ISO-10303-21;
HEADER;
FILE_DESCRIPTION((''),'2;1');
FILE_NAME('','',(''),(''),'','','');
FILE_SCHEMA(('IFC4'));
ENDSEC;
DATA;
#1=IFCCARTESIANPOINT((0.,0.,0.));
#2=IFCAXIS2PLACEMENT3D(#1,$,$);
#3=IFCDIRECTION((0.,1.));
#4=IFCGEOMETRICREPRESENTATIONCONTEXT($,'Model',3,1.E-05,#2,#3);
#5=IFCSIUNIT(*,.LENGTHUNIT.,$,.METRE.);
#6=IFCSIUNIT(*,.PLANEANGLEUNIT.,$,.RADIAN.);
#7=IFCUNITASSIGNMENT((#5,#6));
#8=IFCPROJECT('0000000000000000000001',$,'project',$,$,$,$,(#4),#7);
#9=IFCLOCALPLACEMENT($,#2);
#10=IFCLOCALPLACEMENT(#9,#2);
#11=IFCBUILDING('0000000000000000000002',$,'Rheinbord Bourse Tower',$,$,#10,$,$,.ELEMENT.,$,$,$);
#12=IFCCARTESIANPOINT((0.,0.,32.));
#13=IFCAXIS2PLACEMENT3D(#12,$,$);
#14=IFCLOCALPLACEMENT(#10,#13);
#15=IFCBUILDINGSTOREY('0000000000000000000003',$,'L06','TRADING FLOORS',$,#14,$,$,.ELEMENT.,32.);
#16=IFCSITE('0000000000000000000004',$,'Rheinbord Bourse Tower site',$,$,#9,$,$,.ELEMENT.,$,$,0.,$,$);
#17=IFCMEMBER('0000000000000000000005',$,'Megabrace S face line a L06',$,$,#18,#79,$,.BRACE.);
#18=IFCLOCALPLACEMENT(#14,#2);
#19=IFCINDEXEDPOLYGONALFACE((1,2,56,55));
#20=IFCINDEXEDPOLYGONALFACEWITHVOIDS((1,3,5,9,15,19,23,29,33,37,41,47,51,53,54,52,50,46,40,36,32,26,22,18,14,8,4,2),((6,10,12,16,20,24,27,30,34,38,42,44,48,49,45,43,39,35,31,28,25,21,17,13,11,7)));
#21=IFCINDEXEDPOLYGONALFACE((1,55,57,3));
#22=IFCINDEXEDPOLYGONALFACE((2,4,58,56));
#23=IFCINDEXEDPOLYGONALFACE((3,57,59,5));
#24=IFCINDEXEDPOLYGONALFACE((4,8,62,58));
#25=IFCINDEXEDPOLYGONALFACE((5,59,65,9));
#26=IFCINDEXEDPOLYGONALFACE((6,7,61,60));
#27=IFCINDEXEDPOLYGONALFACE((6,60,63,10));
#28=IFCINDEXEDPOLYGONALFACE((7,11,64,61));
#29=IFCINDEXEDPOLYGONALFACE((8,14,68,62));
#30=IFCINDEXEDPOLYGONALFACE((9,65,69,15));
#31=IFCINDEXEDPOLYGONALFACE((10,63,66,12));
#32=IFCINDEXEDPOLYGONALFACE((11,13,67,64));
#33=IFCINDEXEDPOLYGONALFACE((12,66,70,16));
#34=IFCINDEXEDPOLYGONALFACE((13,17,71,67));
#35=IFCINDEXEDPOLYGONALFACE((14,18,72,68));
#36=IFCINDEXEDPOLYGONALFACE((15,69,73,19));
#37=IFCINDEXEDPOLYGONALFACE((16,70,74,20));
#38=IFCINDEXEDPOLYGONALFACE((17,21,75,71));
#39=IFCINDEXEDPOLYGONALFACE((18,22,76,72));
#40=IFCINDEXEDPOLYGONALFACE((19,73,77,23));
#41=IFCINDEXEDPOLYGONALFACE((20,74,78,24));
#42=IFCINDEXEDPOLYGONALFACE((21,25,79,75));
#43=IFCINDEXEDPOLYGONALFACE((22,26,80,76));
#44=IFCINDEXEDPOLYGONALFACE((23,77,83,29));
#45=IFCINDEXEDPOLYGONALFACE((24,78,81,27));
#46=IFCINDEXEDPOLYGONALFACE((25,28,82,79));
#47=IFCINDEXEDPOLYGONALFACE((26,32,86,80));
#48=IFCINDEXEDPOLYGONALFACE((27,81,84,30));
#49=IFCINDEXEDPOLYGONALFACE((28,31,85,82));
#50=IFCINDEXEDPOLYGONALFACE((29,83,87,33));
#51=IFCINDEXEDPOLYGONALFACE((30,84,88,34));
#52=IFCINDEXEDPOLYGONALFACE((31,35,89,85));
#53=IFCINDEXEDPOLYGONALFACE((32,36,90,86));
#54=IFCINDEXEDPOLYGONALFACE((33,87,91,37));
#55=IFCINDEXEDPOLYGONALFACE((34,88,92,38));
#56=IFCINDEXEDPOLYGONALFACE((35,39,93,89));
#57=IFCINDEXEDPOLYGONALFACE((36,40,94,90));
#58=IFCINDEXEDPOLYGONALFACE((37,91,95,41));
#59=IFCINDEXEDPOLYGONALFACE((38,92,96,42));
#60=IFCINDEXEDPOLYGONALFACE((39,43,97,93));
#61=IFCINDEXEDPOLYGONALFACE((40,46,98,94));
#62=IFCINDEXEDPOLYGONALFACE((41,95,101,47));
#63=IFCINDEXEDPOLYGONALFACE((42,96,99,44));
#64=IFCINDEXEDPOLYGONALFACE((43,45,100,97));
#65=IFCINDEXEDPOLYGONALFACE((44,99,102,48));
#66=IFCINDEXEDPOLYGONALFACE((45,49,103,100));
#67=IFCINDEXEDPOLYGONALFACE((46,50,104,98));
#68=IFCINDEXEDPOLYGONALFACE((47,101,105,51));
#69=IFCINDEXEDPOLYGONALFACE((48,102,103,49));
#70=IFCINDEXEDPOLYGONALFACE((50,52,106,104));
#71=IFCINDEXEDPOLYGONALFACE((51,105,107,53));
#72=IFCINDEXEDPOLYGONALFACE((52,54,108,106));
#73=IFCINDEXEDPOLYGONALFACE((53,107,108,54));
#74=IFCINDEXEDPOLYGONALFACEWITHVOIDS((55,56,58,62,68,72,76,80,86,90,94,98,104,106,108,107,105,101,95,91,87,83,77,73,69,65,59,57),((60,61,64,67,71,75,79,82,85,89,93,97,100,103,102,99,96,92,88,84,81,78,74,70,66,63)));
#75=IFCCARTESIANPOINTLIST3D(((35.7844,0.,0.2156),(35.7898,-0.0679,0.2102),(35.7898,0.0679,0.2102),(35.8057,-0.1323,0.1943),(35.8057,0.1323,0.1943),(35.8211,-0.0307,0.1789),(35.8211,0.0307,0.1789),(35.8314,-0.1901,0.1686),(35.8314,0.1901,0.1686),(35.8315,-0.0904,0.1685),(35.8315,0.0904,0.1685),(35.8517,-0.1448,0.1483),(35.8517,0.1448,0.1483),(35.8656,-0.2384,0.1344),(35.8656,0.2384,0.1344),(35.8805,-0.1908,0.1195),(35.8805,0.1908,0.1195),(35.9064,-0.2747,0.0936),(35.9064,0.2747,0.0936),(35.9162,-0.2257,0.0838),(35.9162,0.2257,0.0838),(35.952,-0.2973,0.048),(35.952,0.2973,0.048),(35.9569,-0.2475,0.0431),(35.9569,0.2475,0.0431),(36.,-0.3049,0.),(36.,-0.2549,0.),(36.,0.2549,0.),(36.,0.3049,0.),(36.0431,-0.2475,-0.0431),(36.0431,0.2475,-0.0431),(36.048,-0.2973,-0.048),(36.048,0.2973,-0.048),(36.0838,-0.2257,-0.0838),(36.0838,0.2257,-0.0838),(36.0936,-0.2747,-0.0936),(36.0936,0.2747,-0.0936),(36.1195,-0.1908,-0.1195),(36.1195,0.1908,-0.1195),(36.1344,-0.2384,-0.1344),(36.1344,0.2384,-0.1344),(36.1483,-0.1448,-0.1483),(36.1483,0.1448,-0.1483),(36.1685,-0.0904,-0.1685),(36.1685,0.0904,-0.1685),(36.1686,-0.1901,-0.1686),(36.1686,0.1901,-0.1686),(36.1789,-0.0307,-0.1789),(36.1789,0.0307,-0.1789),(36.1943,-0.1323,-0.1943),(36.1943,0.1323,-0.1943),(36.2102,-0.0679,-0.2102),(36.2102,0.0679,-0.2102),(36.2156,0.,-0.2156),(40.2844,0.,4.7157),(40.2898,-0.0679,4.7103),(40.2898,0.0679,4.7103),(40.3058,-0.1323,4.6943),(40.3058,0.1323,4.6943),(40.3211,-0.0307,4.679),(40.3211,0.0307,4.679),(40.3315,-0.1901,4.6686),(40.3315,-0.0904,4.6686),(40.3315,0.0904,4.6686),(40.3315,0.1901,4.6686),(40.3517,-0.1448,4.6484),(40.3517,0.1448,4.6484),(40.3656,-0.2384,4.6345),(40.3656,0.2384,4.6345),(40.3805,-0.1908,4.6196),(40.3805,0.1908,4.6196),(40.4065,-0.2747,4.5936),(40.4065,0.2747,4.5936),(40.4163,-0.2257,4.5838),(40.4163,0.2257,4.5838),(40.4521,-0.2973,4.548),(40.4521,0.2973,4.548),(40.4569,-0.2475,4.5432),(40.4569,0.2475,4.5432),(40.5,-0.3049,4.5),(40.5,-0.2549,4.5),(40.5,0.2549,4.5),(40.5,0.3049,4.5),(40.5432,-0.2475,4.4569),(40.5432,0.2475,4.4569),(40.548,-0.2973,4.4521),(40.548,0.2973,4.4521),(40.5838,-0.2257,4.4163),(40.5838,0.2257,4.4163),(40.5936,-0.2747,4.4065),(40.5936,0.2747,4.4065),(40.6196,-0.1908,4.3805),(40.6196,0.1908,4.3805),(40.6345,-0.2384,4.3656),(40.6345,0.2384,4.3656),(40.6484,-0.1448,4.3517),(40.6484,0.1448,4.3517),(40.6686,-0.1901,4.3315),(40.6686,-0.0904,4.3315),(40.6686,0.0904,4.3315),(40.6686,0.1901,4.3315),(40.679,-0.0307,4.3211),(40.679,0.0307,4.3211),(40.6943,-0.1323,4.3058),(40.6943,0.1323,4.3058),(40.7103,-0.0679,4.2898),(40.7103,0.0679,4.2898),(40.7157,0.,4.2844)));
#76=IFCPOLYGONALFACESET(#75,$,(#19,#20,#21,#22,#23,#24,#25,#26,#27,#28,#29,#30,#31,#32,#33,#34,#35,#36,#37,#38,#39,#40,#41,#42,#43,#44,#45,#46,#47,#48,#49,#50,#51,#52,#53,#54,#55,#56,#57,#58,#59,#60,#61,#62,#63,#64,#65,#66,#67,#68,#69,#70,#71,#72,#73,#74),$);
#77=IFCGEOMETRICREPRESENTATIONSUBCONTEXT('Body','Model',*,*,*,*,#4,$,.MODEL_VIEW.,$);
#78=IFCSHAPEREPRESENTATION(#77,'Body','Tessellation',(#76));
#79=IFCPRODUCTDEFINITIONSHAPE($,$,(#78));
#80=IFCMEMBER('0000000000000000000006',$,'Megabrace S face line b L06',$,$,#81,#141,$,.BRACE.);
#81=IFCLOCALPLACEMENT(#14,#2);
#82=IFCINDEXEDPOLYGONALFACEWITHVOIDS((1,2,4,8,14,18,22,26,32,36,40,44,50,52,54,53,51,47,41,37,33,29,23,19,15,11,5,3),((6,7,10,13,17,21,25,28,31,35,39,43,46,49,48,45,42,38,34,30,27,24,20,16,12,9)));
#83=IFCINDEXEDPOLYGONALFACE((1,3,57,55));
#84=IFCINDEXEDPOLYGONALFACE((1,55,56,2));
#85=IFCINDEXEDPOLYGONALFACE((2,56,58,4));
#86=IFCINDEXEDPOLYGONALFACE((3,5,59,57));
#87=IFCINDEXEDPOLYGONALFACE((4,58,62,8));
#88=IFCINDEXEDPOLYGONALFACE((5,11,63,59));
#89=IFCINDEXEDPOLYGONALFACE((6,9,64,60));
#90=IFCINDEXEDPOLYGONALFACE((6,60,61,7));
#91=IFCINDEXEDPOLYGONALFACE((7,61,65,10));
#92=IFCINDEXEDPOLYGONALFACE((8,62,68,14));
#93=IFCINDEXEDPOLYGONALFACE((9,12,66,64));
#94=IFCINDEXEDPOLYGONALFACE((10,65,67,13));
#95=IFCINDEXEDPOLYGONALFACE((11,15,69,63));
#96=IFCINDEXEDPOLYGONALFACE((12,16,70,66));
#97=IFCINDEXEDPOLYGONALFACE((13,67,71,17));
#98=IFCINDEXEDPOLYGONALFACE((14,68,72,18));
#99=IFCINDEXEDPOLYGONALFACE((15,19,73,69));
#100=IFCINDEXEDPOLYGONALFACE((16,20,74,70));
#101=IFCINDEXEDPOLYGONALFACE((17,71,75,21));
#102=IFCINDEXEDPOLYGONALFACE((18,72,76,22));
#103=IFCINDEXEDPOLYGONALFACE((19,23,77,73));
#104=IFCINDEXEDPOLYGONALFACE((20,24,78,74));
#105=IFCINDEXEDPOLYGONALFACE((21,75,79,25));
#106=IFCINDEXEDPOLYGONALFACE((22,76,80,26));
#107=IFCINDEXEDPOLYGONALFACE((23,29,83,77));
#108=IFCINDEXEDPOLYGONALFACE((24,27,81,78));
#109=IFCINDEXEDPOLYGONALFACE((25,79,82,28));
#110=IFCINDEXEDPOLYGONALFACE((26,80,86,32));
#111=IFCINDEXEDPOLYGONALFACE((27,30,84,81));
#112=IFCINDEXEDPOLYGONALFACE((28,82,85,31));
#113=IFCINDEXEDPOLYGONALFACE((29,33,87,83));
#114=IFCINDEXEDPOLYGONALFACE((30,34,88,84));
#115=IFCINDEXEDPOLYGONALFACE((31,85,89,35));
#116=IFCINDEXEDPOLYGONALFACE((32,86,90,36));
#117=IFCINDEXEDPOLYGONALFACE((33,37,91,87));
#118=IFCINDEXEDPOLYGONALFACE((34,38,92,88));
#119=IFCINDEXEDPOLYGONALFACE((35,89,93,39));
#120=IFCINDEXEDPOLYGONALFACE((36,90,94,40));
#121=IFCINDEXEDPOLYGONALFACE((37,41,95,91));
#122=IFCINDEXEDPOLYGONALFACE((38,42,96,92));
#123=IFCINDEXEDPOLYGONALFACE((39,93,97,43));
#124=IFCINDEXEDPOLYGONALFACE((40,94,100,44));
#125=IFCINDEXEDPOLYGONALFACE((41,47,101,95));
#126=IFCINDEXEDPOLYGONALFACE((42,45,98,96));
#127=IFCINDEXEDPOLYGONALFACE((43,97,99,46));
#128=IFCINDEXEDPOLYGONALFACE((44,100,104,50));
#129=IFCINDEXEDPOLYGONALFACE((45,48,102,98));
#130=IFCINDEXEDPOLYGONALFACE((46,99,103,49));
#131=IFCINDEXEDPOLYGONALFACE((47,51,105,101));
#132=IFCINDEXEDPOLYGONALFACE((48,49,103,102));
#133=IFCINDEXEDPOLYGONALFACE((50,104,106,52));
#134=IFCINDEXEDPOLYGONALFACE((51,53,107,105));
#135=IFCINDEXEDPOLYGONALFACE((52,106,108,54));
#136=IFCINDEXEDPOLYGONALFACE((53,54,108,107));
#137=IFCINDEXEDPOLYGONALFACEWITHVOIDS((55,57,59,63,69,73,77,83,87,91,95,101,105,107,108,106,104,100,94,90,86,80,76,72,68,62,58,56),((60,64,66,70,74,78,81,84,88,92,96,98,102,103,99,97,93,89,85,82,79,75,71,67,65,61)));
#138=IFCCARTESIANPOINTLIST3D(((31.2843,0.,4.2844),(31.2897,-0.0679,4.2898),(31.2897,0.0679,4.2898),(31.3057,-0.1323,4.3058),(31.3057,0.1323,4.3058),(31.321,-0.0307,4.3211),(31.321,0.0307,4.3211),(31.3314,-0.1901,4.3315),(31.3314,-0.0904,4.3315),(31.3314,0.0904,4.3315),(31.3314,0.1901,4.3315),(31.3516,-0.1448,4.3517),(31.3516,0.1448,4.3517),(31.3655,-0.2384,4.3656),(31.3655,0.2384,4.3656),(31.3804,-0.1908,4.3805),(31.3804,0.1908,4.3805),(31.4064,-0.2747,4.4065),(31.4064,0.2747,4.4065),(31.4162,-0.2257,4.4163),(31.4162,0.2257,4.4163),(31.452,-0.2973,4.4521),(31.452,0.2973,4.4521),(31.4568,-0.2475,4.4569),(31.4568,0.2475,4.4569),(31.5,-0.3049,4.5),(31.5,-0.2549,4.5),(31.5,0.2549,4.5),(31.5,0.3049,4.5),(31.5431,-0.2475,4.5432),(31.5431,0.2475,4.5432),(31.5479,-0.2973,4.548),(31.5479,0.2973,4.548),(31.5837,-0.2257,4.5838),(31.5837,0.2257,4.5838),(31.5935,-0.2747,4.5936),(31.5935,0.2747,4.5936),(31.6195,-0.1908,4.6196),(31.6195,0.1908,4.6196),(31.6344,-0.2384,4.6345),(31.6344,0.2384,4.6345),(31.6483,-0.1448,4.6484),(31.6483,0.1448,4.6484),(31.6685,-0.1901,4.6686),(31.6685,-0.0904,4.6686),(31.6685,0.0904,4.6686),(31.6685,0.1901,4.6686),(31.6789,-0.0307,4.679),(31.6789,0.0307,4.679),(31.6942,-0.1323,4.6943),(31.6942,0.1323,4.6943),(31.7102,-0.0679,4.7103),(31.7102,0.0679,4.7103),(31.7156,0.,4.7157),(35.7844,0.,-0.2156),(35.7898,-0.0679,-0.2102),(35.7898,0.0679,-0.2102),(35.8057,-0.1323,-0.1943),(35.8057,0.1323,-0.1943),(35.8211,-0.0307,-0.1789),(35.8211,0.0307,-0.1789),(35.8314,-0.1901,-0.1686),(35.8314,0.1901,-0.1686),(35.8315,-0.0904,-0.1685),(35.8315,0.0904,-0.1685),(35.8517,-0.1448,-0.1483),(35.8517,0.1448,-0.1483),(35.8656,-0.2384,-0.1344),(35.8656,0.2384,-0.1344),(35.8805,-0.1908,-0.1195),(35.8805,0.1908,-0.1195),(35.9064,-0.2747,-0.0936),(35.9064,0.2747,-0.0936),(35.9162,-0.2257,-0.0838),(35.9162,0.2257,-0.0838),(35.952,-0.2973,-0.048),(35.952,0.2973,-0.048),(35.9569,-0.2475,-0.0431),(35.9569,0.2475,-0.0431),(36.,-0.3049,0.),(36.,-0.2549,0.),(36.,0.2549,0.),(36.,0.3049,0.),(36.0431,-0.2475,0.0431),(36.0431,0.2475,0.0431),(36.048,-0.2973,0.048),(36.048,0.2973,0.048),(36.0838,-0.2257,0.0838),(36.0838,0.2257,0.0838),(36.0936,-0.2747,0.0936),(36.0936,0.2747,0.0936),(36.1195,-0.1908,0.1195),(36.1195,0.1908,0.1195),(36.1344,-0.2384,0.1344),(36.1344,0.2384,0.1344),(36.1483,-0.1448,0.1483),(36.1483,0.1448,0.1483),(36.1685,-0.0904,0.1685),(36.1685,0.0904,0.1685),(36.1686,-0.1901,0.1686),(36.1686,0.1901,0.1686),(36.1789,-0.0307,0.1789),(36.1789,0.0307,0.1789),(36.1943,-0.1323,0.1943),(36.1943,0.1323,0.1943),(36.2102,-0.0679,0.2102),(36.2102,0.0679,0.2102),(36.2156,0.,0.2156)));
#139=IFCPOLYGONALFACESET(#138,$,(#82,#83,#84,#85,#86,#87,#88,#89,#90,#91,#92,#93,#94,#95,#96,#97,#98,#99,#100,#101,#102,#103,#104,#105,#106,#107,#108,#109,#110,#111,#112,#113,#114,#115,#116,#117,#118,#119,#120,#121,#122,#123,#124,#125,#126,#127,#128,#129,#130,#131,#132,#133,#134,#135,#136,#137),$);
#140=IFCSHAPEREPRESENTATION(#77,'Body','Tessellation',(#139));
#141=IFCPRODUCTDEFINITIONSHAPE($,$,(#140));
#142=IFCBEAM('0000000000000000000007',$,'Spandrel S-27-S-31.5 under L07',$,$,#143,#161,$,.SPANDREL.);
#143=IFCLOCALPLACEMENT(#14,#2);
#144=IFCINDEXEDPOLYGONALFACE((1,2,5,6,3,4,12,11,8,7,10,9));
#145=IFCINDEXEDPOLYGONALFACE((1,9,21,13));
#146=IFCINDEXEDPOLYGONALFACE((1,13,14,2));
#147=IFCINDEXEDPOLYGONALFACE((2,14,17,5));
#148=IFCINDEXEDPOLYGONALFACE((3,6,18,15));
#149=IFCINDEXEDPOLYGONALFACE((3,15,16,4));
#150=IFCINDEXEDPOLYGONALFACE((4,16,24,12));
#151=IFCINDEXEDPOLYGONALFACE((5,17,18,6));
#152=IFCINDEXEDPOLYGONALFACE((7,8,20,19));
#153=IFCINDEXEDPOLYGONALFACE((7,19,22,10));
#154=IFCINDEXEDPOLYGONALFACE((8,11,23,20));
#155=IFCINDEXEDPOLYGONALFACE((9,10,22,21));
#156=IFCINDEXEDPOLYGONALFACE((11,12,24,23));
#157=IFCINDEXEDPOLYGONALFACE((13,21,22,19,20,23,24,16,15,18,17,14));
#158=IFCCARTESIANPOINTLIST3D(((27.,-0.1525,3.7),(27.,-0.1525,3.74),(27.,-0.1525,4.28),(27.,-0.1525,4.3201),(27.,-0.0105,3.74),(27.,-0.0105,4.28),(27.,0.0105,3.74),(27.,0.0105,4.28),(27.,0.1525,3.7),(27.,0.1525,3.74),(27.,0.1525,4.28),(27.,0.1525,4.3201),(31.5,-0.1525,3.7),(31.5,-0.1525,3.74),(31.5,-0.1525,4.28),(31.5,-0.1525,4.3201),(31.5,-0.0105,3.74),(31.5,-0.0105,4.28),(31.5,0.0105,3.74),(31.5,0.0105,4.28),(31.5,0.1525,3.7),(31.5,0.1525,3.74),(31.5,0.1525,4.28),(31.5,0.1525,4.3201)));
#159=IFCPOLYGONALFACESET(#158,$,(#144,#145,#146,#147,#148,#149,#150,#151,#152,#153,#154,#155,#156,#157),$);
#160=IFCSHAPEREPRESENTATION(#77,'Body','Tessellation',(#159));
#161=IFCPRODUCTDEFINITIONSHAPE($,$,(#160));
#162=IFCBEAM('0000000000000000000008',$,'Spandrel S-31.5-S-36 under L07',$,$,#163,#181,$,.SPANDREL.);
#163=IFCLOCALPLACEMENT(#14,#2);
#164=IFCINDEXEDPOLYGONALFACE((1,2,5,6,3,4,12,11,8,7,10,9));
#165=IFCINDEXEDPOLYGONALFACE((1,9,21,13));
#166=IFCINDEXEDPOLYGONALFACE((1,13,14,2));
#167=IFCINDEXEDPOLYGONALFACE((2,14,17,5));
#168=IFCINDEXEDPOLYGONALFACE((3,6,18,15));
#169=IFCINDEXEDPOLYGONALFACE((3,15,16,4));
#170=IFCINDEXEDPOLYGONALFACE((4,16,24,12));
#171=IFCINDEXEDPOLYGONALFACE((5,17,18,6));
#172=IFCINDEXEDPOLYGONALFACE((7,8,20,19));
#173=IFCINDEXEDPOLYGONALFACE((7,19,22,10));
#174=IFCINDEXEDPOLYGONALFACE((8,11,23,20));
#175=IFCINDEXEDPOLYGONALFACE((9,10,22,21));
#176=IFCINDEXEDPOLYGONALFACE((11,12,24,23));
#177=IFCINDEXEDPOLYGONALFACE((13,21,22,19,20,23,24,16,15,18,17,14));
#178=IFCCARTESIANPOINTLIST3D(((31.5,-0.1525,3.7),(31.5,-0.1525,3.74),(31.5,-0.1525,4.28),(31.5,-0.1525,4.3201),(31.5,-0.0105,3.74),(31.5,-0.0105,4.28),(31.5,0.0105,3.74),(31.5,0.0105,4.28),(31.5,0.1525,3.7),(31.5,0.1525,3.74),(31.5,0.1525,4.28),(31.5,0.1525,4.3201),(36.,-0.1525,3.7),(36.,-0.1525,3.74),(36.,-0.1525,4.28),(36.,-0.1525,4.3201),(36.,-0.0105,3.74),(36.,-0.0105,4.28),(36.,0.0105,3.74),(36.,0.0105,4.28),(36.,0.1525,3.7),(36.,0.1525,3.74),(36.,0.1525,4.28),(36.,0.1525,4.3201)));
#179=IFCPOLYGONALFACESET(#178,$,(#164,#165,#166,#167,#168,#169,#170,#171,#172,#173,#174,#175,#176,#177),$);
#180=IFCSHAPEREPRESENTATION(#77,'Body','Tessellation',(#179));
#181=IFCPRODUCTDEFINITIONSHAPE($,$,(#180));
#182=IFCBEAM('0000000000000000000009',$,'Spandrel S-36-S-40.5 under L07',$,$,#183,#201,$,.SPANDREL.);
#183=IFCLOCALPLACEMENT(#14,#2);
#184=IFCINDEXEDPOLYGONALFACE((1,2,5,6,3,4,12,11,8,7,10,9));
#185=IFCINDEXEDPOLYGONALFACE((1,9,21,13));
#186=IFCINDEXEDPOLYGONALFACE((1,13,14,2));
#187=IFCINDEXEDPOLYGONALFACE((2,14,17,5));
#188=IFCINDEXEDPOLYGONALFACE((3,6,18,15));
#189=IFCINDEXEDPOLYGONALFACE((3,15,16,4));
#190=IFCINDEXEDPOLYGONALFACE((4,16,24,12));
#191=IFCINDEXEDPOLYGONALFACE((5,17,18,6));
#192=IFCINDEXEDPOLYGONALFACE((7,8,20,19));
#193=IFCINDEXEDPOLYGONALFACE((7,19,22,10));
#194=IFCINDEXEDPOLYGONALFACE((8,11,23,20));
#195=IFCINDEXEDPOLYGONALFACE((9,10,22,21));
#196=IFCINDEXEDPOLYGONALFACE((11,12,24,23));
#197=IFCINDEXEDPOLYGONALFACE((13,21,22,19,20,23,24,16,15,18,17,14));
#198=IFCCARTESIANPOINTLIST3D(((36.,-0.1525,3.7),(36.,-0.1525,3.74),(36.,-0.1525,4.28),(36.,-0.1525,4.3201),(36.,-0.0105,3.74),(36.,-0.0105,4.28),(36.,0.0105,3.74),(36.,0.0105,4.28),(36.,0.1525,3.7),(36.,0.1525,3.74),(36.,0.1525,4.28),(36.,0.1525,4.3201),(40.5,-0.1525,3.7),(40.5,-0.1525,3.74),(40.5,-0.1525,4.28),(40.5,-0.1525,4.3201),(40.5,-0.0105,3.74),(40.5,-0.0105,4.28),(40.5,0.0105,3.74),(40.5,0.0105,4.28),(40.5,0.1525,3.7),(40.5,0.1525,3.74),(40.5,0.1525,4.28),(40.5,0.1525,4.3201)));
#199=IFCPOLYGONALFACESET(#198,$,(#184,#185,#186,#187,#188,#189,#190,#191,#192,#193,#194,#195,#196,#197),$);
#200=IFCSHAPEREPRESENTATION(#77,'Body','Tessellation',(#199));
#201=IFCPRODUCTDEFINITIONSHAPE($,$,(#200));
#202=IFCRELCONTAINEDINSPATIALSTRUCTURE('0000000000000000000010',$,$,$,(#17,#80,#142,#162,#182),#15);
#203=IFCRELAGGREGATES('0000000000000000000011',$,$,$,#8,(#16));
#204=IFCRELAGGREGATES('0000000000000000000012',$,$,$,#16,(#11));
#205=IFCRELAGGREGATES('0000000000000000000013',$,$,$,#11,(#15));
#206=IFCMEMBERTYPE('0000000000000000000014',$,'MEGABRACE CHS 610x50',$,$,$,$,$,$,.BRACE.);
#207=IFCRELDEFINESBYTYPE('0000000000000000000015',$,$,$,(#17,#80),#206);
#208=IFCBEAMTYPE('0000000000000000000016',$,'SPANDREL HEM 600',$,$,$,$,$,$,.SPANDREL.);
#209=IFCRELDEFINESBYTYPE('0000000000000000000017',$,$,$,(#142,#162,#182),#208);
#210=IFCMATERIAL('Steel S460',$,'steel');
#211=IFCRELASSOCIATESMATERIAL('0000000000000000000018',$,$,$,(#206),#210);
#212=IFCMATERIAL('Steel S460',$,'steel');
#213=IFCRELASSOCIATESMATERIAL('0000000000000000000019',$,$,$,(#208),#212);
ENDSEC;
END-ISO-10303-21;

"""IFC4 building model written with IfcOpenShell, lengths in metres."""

from ifc_helpers import new_model, si_unit, direction, frame, origin, origin_2d, place, context, subcontext, project, spatial, hollow_circle, i_section, extrude, material, material_profile, profile_set, type_object, element, save


model = new_model("IFC4")

# Units and contexts
model_context = context("Model", 3, precision=1e-05, world=origin(), true_north=direction((0.0, 1.0)))
body_context = subcontext(model_context, "Body", "Model", "MODEL_VIEW")
ifc_project = project(units=[si_unit("LENGTHUNIT", "METRE"), si_unit("PLANEANGLEUNIT", "RADIAN")], contexts=[model_context])

# Site, building, storey
site_placement = place(None, origin())
site = spatial("IfcSite", under=ifc_project, at=site_placement, Name="Rheinbord Bourse Tower site", CompositionType="ELEMENT", RefElevation=0.0)
building_placement = place(site_placement, origin())
building = spatial("IfcBuilding", under=site, at=building_placement, Name="Rheinbord Bourse Tower", CompositionType="ELEMENT")
storey_placement = place(building_placement, frame((0.0, 0.0, 32.0)))
storey = spatial("IfcBuildingStorey", under=building, at=storey_placement, Name="L06", Description="TRADING FLOORS", CompositionType="ELEMENT", Elevation=32.0)

# Members
ifc_material_1 = material(Name="Steel S460", Category="steel")
ifc_material_profile_1 = material_profile(ifc_material_1, hollow_circle(Radius=0.3049, WallThickness=0.05, at=origin_2d()), Name="CHS 610x50")
ifc_profile_set_1 = profile_set([ifc_material_profile_1], Name="Steel S460")
member_type_1 = type_object("IfcMemberType", Name="MEGABRACE CHS 610x50", PredefinedType="BRACE", material=ifc_profile_set_1)
for number, where, z_axis, x_axis, name in (
    (1, (36.0, 0.0, 0.0), (0.707107, 0.0, 0.707107), (0.0, 1.0, 0.0), "Megabrace S face line a L06"),
    (2, (36.0, 0.0, 0.0), (-0.707107, 0.0, 0.707107), (0.0, -1.0, 0.0), "Megabrace S face line b L06"),
):
    element("IfcMember", number, at=place(storey_placement, frame(where, z_axis=z_axis, x_axis=x_axis)), inside=storey, type_object=member_type_1, Name=name, PredefinedType="BRACE", context=body_context, shape_type="SweptSolid", body=[
        extrude(hollow_circle(Radius=0.3049, WallThickness=0.05, at=origin_2d()), origin(), (0.0, 0.0, 1.0), 6.364),
    ])

# Beams
ifc_material_2 = material(Name="Steel S460", Category="steel")
ifc_material_profile_2 = material_profile(ifc_material_2, i_section(OverallWidth=0.3049, OverallDepth=0.6201, WebThickness=0.021, FlangeThickness=0.04, at=origin_2d()), Name="HEM 600")
ifc_profile_set_2 = profile_set([ifc_material_profile_2], Name="Steel S460")
beam_type_1 = type_object("IfcBeamType", Name="SPANDREL HEM 600", PredefinedType="SPANDREL", material=ifc_profile_set_2)
for number, where, z_axis, x_axis, name in (
    (3, (27.0, 0.0, 4.01), (1.0, 0.0, 0.0), (0.0, 1.0, 0.0), "Spandrel S-27-S-31.5 under L07"),
    (4, (31.5, 0.0, 4.01), (1.0, 0.0, 0.0), (0.0, 1.0, 0.0), "Spandrel S-31.5-S-36 under L07"),
    (5, (36.0, 0.0, 4.01), (1.0, 0.0, 0.0), (0.0, 1.0, 0.0), "Spandrel S-36-S-40.5 under L07"),
):
    element("IfcBeam", number, at=place(storey_placement, frame(where, z_axis=z_axis, x_axis=x_axis)), inside=storey, type_object=beam_type_1, Name=name, PredefinedType="SPANDREL", context=body_context, shape_type="SweptSolid", body=[
        extrude(i_section(OverallWidth=0.3049, OverallDepth=0.6201, WebThickness=0.021, FlangeThickness=0.04, at=origin_2d()), origin(), (0.0, 0.0, 1.0), 4.5),
    ])

save(model, "model.ifc")
